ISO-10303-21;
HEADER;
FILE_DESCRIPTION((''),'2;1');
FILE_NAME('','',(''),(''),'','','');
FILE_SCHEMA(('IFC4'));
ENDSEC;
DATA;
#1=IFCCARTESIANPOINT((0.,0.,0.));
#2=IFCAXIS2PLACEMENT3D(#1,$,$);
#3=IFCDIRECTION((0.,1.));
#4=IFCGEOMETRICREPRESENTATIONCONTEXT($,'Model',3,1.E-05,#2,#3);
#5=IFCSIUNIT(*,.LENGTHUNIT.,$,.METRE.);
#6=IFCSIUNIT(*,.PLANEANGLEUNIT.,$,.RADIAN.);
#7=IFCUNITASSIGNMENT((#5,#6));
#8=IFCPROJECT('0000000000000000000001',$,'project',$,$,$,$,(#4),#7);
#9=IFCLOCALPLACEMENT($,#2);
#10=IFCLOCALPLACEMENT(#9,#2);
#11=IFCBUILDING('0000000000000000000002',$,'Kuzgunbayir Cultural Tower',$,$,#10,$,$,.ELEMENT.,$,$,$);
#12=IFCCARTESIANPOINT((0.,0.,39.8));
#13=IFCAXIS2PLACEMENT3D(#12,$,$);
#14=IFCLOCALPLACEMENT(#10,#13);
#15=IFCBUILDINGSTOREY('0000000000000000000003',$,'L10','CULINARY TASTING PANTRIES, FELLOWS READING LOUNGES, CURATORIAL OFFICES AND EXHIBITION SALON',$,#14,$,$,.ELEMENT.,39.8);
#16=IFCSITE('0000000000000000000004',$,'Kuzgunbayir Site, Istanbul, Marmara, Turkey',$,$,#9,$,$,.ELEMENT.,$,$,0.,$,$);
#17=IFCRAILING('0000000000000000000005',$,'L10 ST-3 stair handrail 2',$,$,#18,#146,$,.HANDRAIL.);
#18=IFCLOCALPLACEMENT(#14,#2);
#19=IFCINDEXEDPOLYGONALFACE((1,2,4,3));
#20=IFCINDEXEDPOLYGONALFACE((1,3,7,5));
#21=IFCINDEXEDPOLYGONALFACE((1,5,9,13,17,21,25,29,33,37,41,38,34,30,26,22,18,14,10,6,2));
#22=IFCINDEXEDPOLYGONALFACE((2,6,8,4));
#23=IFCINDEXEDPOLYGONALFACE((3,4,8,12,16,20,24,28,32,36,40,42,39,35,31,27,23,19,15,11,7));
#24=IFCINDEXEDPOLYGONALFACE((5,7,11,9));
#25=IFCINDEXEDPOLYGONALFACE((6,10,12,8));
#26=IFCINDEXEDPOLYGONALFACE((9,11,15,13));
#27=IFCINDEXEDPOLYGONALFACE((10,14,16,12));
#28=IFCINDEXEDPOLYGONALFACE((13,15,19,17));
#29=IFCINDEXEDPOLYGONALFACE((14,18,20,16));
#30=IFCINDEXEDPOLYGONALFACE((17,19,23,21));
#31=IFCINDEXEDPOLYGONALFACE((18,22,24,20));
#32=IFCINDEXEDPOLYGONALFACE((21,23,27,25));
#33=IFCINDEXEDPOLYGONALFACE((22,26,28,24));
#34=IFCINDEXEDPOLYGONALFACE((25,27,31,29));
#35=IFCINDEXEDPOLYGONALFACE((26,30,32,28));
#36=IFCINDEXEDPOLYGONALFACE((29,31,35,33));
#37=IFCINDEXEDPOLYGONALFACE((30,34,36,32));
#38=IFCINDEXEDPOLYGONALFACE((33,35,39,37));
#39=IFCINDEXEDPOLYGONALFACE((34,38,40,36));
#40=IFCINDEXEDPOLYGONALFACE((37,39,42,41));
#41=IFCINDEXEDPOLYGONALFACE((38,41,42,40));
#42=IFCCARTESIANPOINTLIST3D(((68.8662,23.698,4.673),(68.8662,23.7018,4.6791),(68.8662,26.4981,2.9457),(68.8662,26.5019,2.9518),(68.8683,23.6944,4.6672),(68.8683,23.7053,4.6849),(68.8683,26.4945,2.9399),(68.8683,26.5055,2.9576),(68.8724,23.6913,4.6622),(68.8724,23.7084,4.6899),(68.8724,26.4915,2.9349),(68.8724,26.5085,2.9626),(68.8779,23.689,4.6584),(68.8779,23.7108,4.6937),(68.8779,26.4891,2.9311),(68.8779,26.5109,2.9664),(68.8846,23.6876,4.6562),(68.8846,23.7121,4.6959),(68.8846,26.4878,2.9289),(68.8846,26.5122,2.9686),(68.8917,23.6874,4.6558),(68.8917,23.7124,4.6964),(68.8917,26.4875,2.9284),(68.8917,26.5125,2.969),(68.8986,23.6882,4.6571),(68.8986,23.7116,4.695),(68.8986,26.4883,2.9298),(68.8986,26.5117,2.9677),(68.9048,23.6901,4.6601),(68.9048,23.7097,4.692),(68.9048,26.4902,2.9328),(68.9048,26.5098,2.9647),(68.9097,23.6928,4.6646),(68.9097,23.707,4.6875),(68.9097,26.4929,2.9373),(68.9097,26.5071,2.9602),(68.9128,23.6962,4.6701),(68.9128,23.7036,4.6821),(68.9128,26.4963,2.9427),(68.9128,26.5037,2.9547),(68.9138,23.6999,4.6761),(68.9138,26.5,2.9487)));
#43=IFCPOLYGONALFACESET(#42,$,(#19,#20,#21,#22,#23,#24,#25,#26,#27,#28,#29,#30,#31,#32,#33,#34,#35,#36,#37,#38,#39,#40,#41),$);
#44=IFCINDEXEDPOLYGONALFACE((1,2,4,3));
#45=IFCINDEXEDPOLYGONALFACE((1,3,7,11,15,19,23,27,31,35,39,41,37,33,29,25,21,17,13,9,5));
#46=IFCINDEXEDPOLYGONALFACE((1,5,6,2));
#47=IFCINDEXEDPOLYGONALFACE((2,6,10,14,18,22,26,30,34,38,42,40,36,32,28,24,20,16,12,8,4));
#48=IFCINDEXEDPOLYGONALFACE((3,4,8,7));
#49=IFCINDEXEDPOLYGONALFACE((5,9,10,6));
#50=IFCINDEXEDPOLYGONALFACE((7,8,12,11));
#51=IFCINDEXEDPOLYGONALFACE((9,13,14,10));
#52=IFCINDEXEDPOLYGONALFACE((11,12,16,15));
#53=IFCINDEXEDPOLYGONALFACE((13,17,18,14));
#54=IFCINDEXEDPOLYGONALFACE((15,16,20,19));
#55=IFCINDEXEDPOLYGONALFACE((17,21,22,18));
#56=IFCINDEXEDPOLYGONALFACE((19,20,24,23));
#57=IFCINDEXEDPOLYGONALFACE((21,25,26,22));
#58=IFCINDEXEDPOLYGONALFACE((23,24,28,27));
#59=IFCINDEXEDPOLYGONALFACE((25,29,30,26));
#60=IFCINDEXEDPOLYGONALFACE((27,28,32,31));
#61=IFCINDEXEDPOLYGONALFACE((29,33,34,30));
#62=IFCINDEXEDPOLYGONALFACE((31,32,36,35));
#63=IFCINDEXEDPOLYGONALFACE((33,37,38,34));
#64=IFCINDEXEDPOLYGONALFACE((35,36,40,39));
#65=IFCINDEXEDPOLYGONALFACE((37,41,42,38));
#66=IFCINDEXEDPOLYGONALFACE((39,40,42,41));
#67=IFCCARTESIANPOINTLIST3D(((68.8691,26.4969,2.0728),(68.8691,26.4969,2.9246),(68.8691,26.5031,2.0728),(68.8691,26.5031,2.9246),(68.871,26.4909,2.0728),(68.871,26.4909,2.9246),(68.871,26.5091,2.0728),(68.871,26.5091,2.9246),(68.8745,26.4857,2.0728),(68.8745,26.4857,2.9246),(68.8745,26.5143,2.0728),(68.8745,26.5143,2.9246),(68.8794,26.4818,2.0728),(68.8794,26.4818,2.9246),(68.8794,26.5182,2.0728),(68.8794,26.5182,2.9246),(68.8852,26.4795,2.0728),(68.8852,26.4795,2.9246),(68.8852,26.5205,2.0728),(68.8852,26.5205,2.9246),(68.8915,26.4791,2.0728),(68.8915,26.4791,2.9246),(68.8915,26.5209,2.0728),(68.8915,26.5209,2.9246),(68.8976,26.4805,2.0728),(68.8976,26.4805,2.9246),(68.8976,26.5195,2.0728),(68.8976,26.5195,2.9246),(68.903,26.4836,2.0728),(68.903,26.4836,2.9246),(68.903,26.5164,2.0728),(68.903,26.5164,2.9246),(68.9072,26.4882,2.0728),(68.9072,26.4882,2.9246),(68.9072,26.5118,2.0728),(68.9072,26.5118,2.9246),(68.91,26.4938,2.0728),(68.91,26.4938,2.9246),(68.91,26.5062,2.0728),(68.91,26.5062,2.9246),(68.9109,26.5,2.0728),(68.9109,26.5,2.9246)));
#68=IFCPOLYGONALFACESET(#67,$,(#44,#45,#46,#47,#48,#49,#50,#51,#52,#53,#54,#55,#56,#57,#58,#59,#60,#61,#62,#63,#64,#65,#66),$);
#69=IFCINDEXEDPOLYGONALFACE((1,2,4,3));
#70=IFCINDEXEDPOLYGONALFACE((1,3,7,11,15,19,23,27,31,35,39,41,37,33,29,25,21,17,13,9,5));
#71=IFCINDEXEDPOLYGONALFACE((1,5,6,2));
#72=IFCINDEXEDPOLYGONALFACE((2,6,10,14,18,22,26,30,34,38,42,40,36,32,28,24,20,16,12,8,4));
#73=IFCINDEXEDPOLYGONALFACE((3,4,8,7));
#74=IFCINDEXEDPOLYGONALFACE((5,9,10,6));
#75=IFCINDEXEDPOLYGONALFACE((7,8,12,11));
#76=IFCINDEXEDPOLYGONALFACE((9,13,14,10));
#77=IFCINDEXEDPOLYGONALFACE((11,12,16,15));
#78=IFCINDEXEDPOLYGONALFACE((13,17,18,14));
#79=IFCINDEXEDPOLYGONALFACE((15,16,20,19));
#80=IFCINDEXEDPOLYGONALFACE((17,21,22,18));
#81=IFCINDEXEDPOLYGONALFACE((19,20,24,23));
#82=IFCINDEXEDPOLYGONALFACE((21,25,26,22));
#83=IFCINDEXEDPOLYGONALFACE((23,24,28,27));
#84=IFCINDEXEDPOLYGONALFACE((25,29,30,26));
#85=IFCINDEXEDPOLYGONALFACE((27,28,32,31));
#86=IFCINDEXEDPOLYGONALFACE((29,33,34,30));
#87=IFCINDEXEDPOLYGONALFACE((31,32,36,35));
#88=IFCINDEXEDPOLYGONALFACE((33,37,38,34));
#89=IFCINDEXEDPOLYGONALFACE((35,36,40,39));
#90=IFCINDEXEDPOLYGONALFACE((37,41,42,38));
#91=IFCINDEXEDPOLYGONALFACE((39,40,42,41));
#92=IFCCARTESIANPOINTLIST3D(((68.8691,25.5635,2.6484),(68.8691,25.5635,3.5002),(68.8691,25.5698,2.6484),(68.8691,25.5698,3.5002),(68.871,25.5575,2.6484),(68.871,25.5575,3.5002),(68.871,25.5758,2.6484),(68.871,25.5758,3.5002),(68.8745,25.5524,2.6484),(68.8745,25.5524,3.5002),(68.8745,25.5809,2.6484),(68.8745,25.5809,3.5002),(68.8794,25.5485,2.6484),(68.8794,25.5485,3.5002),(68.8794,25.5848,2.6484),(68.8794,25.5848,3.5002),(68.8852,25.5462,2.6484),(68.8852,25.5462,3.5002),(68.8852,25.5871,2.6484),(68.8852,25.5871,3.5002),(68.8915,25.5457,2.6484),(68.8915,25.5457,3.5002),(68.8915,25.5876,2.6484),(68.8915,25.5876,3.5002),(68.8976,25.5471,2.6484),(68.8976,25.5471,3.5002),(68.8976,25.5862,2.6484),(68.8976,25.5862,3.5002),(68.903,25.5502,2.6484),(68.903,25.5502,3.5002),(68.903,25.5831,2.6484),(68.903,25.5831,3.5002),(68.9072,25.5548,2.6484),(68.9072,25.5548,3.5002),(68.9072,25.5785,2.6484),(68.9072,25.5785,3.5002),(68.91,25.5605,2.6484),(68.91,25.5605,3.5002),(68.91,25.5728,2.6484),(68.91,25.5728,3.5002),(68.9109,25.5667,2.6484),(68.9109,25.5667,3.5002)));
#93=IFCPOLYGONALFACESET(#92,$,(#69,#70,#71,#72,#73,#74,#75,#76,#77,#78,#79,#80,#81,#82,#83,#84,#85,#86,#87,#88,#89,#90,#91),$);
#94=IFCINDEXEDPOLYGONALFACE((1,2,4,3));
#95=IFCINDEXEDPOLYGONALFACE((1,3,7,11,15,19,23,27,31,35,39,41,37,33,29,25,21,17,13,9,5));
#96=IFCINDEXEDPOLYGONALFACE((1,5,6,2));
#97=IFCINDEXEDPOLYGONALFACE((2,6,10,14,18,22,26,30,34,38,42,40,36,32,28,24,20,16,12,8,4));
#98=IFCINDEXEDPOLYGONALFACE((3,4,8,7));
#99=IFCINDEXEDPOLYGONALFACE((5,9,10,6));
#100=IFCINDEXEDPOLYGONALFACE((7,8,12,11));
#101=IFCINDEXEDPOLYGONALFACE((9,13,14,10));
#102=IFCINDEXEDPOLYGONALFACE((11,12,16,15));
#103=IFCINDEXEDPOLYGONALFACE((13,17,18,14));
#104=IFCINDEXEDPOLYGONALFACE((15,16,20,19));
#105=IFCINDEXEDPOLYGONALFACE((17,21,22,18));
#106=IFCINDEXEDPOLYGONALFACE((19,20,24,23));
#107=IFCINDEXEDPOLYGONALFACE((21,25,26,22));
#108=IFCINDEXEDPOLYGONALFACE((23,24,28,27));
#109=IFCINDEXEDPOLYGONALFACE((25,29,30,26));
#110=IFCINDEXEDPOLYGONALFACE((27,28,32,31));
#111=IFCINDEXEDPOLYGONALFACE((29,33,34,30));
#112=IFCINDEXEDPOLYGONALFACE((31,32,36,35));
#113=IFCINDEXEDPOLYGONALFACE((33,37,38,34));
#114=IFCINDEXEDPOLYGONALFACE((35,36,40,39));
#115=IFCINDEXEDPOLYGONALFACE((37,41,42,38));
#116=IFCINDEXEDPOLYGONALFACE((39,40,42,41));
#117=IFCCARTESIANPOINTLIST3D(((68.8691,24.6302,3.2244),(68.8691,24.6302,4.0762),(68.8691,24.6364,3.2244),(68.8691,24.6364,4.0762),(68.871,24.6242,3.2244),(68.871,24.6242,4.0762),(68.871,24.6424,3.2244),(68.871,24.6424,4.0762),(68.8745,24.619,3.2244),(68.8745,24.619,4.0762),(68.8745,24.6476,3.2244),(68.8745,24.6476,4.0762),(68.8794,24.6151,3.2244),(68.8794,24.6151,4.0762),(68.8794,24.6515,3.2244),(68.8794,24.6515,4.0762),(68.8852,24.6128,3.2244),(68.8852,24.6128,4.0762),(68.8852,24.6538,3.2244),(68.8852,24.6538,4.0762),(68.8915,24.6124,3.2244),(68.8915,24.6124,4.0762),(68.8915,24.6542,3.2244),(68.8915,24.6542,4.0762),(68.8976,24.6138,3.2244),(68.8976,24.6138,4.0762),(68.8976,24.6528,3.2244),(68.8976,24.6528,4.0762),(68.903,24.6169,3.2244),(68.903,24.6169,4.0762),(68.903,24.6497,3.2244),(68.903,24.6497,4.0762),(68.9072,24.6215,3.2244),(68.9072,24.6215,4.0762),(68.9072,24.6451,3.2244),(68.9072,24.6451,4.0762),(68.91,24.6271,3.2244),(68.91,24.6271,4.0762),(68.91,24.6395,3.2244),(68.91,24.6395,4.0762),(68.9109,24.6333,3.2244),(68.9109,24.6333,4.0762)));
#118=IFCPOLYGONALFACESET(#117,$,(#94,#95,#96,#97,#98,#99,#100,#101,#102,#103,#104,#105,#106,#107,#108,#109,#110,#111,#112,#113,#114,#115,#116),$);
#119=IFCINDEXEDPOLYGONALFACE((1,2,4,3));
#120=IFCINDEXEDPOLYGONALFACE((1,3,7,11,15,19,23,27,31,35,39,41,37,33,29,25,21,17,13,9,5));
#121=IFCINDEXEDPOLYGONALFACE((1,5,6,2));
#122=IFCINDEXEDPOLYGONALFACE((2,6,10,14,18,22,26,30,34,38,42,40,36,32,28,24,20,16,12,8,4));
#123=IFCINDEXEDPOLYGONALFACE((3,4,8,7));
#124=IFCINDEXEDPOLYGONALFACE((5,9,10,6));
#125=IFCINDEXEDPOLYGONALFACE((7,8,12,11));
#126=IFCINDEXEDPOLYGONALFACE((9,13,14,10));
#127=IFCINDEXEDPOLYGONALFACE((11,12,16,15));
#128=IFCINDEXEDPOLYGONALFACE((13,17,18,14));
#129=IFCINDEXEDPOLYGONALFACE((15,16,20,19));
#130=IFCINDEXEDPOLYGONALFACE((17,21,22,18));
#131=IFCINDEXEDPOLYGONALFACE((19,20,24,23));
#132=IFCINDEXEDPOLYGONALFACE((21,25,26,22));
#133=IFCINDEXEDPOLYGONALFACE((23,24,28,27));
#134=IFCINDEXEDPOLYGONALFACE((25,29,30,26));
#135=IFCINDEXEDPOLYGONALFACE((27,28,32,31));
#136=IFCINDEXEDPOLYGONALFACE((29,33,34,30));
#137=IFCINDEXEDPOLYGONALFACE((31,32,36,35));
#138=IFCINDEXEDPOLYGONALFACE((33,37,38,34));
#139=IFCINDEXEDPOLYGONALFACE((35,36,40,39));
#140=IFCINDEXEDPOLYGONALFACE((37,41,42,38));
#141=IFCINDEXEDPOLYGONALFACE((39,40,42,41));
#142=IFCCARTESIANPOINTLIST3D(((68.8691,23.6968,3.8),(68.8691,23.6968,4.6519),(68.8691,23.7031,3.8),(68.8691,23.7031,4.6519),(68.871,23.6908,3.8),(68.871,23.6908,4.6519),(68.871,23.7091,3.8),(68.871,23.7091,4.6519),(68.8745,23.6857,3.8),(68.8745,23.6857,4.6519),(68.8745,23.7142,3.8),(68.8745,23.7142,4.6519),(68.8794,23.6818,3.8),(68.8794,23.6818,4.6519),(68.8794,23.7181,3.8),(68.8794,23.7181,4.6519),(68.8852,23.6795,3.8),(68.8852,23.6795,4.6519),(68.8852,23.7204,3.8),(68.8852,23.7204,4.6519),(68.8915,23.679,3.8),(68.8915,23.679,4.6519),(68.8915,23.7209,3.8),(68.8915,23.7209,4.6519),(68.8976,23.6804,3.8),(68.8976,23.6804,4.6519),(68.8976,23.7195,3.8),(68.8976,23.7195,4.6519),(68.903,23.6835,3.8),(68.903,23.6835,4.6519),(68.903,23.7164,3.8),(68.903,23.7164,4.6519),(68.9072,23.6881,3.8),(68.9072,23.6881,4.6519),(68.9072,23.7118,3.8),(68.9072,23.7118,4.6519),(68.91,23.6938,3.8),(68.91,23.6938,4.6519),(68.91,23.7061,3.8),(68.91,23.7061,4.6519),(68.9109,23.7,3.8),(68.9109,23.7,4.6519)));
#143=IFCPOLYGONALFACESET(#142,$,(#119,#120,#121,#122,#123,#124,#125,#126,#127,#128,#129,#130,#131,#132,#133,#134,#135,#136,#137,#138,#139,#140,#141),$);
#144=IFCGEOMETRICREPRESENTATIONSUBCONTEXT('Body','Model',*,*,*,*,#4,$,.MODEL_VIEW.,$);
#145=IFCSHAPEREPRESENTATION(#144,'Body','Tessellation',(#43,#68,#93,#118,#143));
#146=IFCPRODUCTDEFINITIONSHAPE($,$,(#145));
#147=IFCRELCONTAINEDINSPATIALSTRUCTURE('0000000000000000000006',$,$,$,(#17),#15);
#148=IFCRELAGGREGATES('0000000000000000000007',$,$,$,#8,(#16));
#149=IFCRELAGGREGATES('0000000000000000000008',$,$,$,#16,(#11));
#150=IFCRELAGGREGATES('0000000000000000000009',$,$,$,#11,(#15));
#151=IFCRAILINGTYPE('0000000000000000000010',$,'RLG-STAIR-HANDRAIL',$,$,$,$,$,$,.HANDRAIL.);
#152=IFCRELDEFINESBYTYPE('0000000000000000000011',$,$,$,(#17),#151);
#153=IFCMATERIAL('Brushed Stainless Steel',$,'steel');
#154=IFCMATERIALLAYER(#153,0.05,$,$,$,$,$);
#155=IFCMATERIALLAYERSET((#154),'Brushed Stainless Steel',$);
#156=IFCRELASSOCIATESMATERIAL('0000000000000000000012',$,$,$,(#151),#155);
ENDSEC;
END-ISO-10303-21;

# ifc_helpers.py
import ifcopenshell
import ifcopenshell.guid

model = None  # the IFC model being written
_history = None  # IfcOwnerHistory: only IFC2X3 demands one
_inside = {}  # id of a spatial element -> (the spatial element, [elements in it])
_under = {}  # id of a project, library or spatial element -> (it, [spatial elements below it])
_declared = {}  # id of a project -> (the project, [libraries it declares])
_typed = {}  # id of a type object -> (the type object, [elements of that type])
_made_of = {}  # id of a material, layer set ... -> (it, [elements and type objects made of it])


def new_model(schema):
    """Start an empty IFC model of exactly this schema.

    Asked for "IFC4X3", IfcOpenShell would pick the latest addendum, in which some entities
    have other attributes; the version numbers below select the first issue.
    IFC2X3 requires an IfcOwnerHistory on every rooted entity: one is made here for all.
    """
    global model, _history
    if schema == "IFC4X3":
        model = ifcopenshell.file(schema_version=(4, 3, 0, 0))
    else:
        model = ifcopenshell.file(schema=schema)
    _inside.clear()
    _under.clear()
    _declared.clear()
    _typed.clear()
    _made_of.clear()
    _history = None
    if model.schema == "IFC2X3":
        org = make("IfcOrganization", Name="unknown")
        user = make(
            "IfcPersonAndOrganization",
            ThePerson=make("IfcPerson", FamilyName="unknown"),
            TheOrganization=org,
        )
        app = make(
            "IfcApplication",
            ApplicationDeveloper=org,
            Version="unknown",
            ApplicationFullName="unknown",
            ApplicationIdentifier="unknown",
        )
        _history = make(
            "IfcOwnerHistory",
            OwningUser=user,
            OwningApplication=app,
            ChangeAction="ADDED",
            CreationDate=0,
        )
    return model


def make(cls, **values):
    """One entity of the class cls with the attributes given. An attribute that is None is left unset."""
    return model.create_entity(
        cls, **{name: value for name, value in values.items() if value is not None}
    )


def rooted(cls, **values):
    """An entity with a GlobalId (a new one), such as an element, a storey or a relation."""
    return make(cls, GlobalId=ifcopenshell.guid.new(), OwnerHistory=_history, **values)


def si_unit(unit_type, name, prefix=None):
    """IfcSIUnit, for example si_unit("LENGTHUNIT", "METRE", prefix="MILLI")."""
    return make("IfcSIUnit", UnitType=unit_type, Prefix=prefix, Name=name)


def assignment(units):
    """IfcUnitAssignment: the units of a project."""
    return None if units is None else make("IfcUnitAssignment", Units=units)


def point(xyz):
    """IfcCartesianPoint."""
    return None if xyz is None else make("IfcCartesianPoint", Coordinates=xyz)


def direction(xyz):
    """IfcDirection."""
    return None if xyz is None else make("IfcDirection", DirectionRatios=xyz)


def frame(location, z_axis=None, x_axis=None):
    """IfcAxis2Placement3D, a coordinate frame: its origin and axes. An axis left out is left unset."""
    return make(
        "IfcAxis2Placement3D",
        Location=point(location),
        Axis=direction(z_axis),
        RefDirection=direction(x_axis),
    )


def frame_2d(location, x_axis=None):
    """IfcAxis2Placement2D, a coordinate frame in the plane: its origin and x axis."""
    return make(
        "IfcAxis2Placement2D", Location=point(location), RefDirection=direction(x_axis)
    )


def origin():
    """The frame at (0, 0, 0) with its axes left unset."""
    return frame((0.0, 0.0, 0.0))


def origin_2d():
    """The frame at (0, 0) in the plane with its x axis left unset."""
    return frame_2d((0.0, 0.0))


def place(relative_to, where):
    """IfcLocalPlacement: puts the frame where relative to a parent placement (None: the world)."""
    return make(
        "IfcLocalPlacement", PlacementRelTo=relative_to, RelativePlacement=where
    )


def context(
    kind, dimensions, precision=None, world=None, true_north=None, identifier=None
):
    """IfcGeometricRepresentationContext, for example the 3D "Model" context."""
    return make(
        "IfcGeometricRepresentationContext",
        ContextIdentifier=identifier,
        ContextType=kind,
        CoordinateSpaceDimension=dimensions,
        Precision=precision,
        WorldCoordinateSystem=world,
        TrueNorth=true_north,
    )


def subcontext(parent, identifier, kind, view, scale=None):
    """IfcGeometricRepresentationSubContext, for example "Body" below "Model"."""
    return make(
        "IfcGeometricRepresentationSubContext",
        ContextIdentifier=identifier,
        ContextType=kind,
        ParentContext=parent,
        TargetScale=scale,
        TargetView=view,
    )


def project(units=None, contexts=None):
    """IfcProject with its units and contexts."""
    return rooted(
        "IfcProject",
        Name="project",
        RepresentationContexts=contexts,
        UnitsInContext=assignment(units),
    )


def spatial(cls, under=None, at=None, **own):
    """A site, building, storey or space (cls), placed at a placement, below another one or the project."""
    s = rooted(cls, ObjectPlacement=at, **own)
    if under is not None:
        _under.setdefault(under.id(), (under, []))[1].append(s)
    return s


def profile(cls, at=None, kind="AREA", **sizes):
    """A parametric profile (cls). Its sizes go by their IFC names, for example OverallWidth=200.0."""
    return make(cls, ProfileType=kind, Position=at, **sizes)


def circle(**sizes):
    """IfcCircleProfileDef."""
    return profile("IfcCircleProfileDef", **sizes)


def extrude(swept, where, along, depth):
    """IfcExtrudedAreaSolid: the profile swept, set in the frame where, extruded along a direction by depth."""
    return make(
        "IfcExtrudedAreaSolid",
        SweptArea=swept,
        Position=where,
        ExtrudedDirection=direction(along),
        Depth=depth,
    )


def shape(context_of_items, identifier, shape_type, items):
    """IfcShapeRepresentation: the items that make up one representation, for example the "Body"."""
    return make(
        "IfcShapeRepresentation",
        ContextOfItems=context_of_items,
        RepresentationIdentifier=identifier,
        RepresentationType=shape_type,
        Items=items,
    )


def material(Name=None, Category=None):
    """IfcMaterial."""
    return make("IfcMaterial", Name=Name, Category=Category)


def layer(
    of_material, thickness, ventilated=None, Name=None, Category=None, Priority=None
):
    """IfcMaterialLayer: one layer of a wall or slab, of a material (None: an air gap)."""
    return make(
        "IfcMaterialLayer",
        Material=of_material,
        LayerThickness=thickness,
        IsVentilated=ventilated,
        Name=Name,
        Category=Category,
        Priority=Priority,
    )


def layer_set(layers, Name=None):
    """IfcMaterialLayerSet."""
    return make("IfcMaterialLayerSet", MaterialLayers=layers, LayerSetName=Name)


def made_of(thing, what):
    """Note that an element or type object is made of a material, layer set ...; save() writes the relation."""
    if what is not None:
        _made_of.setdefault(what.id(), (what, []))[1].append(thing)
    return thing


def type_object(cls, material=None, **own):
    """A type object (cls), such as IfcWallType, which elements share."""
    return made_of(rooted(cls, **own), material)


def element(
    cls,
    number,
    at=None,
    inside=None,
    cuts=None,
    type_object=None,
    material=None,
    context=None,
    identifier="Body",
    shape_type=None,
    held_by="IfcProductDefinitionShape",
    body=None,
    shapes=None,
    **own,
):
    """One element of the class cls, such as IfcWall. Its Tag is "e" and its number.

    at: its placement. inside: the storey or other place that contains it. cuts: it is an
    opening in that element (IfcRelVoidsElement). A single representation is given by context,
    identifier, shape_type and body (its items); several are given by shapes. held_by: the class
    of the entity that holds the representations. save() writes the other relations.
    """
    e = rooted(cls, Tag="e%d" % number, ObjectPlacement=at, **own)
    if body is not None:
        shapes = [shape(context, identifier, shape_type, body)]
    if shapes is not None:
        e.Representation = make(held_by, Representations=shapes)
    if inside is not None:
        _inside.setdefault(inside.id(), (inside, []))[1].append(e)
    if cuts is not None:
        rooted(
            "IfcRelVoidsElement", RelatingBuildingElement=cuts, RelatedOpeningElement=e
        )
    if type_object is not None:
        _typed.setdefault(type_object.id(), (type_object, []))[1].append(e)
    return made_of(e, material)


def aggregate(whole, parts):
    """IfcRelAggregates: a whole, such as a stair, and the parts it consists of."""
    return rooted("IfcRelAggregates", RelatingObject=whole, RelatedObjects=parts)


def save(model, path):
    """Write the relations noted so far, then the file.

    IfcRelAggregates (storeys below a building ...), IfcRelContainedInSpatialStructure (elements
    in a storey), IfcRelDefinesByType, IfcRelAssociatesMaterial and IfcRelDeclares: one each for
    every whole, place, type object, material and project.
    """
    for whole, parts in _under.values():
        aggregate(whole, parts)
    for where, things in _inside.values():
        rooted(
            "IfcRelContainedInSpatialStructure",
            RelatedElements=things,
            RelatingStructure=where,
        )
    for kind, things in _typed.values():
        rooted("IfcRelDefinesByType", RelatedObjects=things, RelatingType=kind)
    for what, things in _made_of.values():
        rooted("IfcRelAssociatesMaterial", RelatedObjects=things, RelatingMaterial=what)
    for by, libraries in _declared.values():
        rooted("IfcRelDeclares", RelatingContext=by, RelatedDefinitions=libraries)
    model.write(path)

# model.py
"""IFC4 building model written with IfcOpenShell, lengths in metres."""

from ifc_helpers import new_model, si_unit, direction, frame, origin, origin_2d, place, context, subcontext, project, spatial, circle, extrude, material, layer, layer_set, type_object, element, save


model = new_model("IFC4")

# Units and contexts
model_context = context("Model", 3, precision=1e-05, world=origin(), true_north=direction((0.0, 1.0)))
body_context = subcontext(model_context, "Body", "Model", "MODEL_VIEW")
ifc_project = project(units=[si_unit("LENGTHUNIT", "METRE"), si_unit("PLANEANGLEUNIT", "RADIAN")], contexts=[model_context])

# Site, building, storey
site_placement = place(None, origin())
site = spatial("IfcSite", under=ifc_project, at=site_placement, Name="Kuzgunbayir Site, Istanbul, Marmara, Turkey", CompositionType="ELEMENT", RefElevation=0.0)
building_placement = place(site_placement, origin())
building = spatial("IfcBuilding", under=site, at=building_placement, Name="Kuzgunbayir Cultural Tower", CompositionType="ELEMENT")
storey_placement = place(building_placement, frame((0.0, 0.0, 39.8)))
storey = spatial("IfcBuildingStorey", under=building, at=storey_placement, Name="L10", Description="CULINARY TASTING PANTRIES, FELLOWS READING LOUNGES, CURATORIAL OFFICES AND EXHIBITION SALON", CompositionType="ELEMENT", Elevation=39.8)

# Railing
ifc_material_1 = material(Name="Brushed Stainless Steel", Category="steel")
ifc_layer_1 = layer(ifc_material_1, 0.05)
ifc_layer_set_1 = layer_set([ifc_layer_1], Name="Brushed Stainless Steel")
railing_type_1 = type_object("IfcRailingType", Name="RLG-STAIR-HANDRAIL", PredefinedType="HANDRAIL", material=ifc_layer_set_1)
railing_1_placement = place(storey_placement, frame((68.8899, 26.5, 2.0728)))
element("IfcRailing", 1, at=railing_1_placement, inside=storey, type_object=railing_type_1, Name="L10 ST-3 stair handrail 2", PredefinedType="HANDRAIL", context=body_context, shape_type="SweptSolid", body=[
    extrude(circle(Radius=0.0239, at=origin_2d()), frame((0.0, 0.0, 0.876), z_axis=(0.0, -0.85109, 0.52502), x_axis=(1.0, 0.0, 0.0)), (0.0, 0.0, 1.0), 3.29),
    extrude(circle(Radius=0.021, at=origin_2d()), origin(), (0.0, 0.0, 1.0), 0.8518),
    extrude(circle(Radius=0.021, at=origin_2d()), frame((0.0, -0.9333, 0.5757)), (0.0, 0.0, 1.0), 0.8518),
    extrude(circle(Radius=0.021, at=origin_2d()), frame((0.0, -1.8667, 1.1516)), (0.0, 0.0, 1.0), 0.8518),
    extrude(circle(Radius=0.021, at=origin_2d()), frame((0.0, -2.8, 1.7273)), (0.0, 0.0, 1.0), 0.8518),
])

save(model, "model.ifc")
